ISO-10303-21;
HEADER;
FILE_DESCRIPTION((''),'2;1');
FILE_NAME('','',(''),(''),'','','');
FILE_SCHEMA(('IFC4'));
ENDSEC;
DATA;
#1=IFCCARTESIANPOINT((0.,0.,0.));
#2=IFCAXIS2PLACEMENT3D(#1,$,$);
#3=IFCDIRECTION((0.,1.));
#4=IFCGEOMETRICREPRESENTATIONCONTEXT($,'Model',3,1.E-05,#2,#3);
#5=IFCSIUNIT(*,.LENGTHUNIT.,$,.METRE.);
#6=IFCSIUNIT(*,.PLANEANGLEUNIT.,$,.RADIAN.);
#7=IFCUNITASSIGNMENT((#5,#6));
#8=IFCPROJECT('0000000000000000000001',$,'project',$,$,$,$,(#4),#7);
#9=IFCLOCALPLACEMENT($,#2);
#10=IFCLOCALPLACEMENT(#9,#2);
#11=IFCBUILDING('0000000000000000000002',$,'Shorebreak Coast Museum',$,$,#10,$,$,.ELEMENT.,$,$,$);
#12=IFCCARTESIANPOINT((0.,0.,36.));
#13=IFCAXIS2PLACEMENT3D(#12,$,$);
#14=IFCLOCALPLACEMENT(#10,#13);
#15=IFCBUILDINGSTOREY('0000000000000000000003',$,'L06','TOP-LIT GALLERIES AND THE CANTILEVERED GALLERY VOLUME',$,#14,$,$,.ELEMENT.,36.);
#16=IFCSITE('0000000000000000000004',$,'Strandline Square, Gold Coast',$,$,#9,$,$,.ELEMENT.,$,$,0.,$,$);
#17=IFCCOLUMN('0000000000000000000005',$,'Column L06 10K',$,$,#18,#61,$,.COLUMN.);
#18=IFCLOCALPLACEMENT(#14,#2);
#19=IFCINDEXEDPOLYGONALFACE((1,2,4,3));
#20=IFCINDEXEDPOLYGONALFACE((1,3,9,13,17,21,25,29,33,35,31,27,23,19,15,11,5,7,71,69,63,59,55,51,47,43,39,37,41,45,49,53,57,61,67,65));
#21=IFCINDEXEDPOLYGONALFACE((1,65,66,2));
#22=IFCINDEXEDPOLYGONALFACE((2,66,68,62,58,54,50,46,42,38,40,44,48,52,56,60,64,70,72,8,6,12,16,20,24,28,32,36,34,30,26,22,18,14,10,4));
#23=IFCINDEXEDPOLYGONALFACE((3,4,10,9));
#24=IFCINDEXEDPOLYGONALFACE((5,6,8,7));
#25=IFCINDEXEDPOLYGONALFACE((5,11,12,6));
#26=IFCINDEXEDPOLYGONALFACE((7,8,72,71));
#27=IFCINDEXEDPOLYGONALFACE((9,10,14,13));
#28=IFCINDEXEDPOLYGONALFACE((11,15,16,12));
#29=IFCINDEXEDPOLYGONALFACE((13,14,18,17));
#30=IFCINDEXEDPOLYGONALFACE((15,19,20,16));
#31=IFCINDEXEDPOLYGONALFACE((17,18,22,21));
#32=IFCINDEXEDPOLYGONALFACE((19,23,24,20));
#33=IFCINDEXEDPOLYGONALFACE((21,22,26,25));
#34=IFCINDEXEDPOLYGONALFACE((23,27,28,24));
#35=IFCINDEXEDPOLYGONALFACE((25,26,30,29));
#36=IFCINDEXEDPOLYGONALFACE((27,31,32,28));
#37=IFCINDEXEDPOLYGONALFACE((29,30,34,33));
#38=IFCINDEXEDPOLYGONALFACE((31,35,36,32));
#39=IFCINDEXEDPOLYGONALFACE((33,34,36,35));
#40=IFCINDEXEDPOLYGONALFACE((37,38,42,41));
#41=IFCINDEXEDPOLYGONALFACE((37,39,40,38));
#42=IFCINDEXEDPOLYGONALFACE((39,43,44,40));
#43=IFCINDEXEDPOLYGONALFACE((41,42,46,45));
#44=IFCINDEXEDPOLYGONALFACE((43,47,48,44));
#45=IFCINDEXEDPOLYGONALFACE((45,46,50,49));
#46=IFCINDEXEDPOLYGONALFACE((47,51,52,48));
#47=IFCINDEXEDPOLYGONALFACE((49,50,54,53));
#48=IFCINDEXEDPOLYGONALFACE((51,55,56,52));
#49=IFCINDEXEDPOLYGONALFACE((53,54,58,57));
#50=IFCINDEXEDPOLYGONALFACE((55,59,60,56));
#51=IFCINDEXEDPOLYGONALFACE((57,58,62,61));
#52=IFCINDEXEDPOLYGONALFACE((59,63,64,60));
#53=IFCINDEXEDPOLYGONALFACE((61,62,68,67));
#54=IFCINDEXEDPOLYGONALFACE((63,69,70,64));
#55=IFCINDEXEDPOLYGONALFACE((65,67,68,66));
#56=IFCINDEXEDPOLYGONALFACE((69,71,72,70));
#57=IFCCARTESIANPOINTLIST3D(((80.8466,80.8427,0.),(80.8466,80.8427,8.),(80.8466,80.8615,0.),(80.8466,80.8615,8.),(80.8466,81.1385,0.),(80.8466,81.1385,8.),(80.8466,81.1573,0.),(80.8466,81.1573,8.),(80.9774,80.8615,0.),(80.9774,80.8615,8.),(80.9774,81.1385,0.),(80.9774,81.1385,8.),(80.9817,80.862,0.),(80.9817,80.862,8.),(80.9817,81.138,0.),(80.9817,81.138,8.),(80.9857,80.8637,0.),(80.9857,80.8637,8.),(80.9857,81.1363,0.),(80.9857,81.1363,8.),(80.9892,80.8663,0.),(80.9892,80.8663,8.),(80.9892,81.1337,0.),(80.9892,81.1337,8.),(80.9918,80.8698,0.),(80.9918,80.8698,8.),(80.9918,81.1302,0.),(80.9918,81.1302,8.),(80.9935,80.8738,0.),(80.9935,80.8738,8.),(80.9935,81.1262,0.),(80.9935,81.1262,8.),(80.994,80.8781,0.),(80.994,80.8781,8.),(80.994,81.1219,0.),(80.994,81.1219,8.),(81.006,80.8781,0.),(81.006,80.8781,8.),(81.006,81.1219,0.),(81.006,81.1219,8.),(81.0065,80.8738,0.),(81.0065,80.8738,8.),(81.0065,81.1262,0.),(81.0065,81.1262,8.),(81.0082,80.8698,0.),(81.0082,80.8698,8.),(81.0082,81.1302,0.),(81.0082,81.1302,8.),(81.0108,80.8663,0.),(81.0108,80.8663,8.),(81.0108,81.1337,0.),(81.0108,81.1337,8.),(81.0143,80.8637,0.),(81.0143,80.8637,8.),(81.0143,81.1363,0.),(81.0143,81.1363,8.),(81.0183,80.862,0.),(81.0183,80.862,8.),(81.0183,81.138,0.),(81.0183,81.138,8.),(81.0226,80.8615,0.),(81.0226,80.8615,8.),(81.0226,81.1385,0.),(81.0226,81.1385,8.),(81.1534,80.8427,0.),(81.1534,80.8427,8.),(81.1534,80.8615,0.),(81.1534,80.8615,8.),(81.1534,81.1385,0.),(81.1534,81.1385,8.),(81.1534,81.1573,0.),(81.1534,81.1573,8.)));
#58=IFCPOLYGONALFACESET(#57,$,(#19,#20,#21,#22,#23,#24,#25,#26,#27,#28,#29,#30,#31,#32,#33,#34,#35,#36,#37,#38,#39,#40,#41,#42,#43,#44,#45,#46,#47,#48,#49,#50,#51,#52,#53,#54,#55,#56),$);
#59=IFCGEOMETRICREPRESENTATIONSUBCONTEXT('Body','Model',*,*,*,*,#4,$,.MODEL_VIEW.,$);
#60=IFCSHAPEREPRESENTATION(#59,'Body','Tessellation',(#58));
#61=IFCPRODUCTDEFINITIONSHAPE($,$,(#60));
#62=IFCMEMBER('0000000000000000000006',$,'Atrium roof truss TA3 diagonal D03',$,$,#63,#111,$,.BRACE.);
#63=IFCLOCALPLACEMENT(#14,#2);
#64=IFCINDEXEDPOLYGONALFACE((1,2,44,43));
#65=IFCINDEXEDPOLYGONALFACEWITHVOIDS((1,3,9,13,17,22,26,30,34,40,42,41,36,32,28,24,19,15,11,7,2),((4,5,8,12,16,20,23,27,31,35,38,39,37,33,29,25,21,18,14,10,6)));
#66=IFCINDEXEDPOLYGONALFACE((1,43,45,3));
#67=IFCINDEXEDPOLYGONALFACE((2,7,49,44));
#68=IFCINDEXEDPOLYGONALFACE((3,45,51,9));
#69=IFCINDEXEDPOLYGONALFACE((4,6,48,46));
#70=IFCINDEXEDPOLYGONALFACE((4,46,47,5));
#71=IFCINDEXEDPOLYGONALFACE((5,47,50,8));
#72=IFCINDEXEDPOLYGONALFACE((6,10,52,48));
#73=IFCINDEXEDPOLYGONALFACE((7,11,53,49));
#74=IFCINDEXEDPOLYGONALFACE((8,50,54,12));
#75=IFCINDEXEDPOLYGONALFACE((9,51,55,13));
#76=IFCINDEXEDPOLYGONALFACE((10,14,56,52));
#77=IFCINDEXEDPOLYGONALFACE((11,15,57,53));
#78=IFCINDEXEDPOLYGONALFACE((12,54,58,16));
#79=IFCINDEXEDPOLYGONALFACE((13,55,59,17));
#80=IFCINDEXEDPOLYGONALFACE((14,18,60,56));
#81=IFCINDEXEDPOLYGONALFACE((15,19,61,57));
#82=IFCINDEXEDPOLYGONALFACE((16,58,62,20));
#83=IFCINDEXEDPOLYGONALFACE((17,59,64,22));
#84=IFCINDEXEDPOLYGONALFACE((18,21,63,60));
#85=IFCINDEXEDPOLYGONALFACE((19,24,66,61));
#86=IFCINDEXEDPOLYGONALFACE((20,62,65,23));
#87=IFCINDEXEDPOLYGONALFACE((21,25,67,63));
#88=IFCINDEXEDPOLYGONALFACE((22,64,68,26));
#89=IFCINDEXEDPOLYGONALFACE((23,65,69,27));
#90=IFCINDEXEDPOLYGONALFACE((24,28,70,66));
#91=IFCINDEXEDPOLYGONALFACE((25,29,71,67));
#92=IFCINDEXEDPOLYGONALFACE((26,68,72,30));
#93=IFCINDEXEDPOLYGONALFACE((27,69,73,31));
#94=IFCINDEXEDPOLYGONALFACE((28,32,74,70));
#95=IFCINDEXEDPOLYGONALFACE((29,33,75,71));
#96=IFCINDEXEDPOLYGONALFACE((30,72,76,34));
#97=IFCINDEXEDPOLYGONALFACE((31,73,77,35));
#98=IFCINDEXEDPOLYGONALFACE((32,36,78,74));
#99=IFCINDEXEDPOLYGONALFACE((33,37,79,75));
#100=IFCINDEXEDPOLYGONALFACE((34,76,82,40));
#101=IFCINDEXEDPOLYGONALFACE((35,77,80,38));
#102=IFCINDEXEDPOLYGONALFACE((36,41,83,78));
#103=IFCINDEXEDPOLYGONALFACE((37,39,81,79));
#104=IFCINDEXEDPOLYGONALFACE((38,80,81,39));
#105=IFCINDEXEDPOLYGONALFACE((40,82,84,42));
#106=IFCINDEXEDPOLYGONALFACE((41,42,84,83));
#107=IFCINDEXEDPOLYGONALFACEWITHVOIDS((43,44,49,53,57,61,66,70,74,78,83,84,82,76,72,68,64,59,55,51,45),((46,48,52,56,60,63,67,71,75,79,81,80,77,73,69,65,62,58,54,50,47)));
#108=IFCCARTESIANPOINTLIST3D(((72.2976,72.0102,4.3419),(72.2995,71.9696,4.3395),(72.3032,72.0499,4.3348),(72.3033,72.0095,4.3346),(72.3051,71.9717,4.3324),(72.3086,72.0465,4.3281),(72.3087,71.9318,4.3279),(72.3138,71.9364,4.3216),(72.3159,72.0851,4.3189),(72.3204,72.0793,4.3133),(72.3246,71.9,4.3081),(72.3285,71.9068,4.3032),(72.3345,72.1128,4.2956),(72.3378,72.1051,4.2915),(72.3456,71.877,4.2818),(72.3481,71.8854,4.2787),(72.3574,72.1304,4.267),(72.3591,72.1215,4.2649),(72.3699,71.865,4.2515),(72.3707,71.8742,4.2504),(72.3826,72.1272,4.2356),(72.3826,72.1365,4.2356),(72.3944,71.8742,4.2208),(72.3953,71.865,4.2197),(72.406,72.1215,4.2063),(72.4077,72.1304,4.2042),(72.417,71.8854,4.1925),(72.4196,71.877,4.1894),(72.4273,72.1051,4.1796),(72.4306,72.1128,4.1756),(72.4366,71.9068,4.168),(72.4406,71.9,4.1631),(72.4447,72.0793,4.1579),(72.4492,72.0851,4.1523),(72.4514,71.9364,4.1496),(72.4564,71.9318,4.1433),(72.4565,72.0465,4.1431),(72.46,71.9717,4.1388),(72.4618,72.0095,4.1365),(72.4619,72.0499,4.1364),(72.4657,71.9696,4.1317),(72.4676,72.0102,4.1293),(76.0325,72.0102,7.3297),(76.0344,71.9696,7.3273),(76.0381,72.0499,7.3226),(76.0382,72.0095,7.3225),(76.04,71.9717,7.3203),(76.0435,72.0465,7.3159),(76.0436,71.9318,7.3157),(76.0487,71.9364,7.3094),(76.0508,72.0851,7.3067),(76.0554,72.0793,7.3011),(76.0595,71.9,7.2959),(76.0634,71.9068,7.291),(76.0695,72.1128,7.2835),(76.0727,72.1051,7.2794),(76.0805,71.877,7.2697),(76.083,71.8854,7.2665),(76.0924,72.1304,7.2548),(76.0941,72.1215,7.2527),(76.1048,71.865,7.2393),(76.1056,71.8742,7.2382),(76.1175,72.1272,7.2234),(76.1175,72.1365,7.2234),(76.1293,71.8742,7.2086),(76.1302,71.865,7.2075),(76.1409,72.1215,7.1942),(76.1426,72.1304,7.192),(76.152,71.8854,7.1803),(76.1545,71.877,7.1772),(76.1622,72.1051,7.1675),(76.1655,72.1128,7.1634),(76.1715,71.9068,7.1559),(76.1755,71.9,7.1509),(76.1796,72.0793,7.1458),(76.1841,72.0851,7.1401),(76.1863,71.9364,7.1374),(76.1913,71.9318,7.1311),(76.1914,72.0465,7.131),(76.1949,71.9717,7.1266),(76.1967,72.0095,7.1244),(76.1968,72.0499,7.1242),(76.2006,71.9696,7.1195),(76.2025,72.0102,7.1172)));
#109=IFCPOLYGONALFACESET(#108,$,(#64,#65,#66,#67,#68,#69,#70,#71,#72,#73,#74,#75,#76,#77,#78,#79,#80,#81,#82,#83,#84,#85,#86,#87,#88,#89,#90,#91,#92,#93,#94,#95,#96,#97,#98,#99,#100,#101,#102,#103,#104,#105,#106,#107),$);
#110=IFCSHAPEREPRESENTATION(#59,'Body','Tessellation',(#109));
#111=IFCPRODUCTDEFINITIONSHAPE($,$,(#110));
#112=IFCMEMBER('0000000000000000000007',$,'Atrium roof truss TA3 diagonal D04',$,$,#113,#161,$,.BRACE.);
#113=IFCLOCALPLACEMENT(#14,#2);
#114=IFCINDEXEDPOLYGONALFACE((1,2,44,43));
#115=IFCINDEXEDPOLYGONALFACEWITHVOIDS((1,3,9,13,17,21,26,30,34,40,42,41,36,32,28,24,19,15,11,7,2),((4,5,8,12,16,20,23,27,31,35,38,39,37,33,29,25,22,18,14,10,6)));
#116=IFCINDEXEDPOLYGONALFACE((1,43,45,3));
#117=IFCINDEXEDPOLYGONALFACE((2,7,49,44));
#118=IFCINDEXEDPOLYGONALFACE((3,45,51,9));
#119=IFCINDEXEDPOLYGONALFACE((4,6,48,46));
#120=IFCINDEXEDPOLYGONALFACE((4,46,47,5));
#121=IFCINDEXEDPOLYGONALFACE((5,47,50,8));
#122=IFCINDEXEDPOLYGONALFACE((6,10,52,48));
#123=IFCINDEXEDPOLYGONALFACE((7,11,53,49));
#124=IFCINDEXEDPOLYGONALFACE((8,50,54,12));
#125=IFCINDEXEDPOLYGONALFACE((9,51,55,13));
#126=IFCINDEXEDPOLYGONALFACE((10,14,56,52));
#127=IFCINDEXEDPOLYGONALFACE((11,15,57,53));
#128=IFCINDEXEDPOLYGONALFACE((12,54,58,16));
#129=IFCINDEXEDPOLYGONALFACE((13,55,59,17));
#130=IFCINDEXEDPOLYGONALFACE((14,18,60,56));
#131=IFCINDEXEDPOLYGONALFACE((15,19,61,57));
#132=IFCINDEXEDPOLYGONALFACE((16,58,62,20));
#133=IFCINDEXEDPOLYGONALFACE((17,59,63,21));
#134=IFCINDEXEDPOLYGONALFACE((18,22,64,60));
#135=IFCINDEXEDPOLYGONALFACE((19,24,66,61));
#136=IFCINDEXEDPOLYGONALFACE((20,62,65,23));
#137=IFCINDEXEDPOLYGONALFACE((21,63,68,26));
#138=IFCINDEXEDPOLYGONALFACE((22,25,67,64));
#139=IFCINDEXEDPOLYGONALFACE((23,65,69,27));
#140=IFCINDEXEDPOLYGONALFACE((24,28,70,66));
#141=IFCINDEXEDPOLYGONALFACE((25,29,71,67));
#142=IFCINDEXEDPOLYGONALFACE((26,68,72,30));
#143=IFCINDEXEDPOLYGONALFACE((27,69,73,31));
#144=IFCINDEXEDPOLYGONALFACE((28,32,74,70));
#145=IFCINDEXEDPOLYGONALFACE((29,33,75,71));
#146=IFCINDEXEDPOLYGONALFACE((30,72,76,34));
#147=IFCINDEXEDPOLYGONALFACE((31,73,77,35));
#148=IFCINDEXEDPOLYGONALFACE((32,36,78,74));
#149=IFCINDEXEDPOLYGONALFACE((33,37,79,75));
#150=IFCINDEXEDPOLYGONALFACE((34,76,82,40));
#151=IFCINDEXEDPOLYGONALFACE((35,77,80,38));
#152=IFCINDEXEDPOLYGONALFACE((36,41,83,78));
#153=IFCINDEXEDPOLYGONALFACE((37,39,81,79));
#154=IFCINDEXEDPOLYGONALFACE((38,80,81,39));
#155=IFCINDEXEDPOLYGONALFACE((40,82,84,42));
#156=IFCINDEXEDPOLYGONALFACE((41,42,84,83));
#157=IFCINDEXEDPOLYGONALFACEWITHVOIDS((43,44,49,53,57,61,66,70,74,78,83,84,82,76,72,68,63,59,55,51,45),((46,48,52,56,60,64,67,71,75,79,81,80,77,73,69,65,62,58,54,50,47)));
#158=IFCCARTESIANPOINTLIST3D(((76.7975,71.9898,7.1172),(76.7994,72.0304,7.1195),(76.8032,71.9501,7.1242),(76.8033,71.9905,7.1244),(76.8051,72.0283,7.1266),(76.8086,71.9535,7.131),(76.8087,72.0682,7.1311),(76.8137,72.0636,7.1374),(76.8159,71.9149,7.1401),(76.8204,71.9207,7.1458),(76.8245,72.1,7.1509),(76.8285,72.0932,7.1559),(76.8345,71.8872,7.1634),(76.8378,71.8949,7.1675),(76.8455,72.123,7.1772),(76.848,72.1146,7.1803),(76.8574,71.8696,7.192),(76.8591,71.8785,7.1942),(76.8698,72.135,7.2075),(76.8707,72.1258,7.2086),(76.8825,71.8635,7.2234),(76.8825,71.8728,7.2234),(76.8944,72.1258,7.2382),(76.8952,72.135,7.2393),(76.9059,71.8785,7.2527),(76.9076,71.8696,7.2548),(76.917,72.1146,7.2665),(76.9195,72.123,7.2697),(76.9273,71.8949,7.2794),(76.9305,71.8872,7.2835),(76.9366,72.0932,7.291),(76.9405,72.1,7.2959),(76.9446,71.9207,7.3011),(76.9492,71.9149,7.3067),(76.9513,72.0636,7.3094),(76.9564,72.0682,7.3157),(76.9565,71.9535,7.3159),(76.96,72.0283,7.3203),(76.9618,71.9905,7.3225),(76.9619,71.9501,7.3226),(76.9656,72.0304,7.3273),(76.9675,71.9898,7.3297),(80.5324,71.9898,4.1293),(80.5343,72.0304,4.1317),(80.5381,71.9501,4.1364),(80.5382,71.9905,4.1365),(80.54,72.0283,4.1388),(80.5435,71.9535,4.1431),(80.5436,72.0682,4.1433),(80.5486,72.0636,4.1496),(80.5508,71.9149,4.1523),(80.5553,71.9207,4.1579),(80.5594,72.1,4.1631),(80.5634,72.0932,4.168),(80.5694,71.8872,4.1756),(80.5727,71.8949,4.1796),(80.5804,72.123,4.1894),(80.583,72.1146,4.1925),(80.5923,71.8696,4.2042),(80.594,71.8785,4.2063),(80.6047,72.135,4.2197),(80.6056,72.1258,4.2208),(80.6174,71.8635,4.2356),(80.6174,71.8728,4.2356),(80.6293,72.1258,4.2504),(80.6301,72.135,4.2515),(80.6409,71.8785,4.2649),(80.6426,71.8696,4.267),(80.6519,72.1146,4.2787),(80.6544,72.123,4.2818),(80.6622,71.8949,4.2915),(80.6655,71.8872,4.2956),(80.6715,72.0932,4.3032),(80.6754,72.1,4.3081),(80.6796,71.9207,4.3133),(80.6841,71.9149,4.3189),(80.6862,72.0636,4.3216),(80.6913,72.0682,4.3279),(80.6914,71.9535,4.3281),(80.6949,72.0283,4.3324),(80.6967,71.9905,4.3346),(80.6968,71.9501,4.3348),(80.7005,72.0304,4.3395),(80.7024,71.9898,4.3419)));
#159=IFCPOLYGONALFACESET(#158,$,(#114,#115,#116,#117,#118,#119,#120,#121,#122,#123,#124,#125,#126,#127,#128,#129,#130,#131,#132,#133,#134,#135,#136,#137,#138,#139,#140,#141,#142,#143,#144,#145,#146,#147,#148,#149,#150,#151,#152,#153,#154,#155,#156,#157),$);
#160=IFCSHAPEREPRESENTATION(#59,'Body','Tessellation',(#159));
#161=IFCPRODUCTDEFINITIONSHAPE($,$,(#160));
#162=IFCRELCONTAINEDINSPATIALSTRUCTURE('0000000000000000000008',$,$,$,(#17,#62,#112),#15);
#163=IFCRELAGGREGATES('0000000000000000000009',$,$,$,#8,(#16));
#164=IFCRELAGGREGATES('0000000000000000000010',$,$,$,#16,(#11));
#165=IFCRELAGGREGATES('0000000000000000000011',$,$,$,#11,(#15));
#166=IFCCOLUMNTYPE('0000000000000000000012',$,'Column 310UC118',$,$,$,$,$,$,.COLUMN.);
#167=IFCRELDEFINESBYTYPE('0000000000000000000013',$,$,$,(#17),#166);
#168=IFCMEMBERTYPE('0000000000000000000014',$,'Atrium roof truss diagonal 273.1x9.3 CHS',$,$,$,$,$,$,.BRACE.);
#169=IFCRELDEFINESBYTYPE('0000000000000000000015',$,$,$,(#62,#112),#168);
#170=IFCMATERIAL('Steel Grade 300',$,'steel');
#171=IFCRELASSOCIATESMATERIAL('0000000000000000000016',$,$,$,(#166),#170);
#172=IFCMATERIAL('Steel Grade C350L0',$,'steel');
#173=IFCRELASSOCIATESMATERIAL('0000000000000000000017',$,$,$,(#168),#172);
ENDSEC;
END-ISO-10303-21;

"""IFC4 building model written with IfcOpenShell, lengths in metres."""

from ifc_helpers import new_model, si_unit, direction, frame, origin, origin_2d, place, context, subcontext, project, spatial, hollow_circle, i_section, extrude, material, material_profile, profile_set, type_object, element, save


model = new_model("IFC4")

# Units and contexts
model_context = context("Model", 3, precision=1e-05, world=origin(), true_north=direction((0.0, 1.0)))
body_context = subcontext(model_context, "Body", "Model", "MODEL_VIEW")
ifc_project = project(units=[si_unit("LENGTHUNIT", "METRE"), si_unit("PLANEANGLEUNIT", "RADIAN")], contexts=[model_context])

# Site, building, storey
site_placement = place(None, origin())
site = spatial("IfcSite", under=ifc_project, at=site_placement, Name="Strandline Square, Gold Coast", CompositionType="ELEMENT", RefElevation=0.0)
building_placement = place(site_placement, origin())
building = spatial("IfcBuilding", under=site, at=building_placement, Name="Shorebreak Coast Museum", CompositionType="ELEMENT")
storey_placement = place(building_placement, frame((0.0, 0.0, 36.0)))
storey = spatial("IfcBuildingStorey", under=building, at=storey_placement, Name="L06", Description="TOP-LIT GALLERIES AND THE CANTILEVERED GALLERY VOLUME", CompositionType="ELEMENT", Elevation=36.0)

# Column
ifc_material_1 = material(Name="Steel Grade 300", Category="steel")
ifc_material_profile_1 = material_profile(ifc_material_1, i_section(OverallWidth=0.3069, OverallDepth=0.3147, WebThickness=0.012, FlangeThickness=0.0188, FilletRadius=0.0166, at=origin_2d()), Name="310UC118")
ifc_profile_set_1 = profile_set([ifc_material_profile_1], Name="Steel Grade 300")
column_type = type_object("IfcColumnType", Name="Column 310UC118", PredefinedType="COLUMN", material=ifc_profile_set_1)
column_placement = place(storey_placement, frame((81.0, 81.0, 0.0), z_axis=(0.0, 0.0, 1.0), x_axis=(1.0, 0.0, 0.0)))
element("IfcColumn", 1, at=column_placement, inside=storey, type_object=column_type, Name="Column L06 10K", PredefinedType="COLUMN", context=body_context, shape_type="SweptSolid", body=[
    extrude(i_section(OverallWidth=0.3069, OverallDepth=0.3147, WebThickness=0.012, FlangeThickness=0.0188, FilletRadius=0.0166, at=origin_2d()), origin(), (0.0, 0.0, 1.0), 8.0),
])

# Members
ifc_material_2 = material(Name="Steel Grade C350L0", Category="steel")
ifc_material_profile_2 = material_profile(ifc_material_2, hollow_circle(Radius=0.1365, WallThickness=0.0093, at=origin_2d()), Name="273.1x9.3 CHS")
ifc_profile_set_2 = profile_set([ifc_material_profile_2], Name="Steel Grade C350L0")
member_type_1 = type_object("IfcMemberType", Name="Atrium roof truss diagonal 273.1x9.3 CHS", PredefinedType="BRACE", material=ifc_profile_set_2)
for number, where, z_axis, x_axis, name in (
    (2, (72.3826, 72.0, 4.2356), (0.780879, 0.0, 0.624683), (0.0, 1.0, 0.0), "Atrium roof truss TA3 diagonal D03"),
    (3, (80.6174, 72.0, 4.2356), (-0.780879, 0.0, 0.624683), (0.0, -1.0, 0.0), "Atrium roof truss TA3 diagonal D04"),
):
    element("IfcMember", number, at=place(storey_placement, frame(where, z_axis=z_axis, x_axis=x_axis)), inside=storey, type_object=member_type_1, Name=name, PredefinedType="BRACE", context=body_context, shape_type="SweptSolid", body=[
        extrude(hollow_circle(Radius=0.1365, WallThickness=0.0093, at=origin_2d()), origin(), (0.0, 0.0, 1.0), 4.783),
    ])

save(model, "model.ifc")
